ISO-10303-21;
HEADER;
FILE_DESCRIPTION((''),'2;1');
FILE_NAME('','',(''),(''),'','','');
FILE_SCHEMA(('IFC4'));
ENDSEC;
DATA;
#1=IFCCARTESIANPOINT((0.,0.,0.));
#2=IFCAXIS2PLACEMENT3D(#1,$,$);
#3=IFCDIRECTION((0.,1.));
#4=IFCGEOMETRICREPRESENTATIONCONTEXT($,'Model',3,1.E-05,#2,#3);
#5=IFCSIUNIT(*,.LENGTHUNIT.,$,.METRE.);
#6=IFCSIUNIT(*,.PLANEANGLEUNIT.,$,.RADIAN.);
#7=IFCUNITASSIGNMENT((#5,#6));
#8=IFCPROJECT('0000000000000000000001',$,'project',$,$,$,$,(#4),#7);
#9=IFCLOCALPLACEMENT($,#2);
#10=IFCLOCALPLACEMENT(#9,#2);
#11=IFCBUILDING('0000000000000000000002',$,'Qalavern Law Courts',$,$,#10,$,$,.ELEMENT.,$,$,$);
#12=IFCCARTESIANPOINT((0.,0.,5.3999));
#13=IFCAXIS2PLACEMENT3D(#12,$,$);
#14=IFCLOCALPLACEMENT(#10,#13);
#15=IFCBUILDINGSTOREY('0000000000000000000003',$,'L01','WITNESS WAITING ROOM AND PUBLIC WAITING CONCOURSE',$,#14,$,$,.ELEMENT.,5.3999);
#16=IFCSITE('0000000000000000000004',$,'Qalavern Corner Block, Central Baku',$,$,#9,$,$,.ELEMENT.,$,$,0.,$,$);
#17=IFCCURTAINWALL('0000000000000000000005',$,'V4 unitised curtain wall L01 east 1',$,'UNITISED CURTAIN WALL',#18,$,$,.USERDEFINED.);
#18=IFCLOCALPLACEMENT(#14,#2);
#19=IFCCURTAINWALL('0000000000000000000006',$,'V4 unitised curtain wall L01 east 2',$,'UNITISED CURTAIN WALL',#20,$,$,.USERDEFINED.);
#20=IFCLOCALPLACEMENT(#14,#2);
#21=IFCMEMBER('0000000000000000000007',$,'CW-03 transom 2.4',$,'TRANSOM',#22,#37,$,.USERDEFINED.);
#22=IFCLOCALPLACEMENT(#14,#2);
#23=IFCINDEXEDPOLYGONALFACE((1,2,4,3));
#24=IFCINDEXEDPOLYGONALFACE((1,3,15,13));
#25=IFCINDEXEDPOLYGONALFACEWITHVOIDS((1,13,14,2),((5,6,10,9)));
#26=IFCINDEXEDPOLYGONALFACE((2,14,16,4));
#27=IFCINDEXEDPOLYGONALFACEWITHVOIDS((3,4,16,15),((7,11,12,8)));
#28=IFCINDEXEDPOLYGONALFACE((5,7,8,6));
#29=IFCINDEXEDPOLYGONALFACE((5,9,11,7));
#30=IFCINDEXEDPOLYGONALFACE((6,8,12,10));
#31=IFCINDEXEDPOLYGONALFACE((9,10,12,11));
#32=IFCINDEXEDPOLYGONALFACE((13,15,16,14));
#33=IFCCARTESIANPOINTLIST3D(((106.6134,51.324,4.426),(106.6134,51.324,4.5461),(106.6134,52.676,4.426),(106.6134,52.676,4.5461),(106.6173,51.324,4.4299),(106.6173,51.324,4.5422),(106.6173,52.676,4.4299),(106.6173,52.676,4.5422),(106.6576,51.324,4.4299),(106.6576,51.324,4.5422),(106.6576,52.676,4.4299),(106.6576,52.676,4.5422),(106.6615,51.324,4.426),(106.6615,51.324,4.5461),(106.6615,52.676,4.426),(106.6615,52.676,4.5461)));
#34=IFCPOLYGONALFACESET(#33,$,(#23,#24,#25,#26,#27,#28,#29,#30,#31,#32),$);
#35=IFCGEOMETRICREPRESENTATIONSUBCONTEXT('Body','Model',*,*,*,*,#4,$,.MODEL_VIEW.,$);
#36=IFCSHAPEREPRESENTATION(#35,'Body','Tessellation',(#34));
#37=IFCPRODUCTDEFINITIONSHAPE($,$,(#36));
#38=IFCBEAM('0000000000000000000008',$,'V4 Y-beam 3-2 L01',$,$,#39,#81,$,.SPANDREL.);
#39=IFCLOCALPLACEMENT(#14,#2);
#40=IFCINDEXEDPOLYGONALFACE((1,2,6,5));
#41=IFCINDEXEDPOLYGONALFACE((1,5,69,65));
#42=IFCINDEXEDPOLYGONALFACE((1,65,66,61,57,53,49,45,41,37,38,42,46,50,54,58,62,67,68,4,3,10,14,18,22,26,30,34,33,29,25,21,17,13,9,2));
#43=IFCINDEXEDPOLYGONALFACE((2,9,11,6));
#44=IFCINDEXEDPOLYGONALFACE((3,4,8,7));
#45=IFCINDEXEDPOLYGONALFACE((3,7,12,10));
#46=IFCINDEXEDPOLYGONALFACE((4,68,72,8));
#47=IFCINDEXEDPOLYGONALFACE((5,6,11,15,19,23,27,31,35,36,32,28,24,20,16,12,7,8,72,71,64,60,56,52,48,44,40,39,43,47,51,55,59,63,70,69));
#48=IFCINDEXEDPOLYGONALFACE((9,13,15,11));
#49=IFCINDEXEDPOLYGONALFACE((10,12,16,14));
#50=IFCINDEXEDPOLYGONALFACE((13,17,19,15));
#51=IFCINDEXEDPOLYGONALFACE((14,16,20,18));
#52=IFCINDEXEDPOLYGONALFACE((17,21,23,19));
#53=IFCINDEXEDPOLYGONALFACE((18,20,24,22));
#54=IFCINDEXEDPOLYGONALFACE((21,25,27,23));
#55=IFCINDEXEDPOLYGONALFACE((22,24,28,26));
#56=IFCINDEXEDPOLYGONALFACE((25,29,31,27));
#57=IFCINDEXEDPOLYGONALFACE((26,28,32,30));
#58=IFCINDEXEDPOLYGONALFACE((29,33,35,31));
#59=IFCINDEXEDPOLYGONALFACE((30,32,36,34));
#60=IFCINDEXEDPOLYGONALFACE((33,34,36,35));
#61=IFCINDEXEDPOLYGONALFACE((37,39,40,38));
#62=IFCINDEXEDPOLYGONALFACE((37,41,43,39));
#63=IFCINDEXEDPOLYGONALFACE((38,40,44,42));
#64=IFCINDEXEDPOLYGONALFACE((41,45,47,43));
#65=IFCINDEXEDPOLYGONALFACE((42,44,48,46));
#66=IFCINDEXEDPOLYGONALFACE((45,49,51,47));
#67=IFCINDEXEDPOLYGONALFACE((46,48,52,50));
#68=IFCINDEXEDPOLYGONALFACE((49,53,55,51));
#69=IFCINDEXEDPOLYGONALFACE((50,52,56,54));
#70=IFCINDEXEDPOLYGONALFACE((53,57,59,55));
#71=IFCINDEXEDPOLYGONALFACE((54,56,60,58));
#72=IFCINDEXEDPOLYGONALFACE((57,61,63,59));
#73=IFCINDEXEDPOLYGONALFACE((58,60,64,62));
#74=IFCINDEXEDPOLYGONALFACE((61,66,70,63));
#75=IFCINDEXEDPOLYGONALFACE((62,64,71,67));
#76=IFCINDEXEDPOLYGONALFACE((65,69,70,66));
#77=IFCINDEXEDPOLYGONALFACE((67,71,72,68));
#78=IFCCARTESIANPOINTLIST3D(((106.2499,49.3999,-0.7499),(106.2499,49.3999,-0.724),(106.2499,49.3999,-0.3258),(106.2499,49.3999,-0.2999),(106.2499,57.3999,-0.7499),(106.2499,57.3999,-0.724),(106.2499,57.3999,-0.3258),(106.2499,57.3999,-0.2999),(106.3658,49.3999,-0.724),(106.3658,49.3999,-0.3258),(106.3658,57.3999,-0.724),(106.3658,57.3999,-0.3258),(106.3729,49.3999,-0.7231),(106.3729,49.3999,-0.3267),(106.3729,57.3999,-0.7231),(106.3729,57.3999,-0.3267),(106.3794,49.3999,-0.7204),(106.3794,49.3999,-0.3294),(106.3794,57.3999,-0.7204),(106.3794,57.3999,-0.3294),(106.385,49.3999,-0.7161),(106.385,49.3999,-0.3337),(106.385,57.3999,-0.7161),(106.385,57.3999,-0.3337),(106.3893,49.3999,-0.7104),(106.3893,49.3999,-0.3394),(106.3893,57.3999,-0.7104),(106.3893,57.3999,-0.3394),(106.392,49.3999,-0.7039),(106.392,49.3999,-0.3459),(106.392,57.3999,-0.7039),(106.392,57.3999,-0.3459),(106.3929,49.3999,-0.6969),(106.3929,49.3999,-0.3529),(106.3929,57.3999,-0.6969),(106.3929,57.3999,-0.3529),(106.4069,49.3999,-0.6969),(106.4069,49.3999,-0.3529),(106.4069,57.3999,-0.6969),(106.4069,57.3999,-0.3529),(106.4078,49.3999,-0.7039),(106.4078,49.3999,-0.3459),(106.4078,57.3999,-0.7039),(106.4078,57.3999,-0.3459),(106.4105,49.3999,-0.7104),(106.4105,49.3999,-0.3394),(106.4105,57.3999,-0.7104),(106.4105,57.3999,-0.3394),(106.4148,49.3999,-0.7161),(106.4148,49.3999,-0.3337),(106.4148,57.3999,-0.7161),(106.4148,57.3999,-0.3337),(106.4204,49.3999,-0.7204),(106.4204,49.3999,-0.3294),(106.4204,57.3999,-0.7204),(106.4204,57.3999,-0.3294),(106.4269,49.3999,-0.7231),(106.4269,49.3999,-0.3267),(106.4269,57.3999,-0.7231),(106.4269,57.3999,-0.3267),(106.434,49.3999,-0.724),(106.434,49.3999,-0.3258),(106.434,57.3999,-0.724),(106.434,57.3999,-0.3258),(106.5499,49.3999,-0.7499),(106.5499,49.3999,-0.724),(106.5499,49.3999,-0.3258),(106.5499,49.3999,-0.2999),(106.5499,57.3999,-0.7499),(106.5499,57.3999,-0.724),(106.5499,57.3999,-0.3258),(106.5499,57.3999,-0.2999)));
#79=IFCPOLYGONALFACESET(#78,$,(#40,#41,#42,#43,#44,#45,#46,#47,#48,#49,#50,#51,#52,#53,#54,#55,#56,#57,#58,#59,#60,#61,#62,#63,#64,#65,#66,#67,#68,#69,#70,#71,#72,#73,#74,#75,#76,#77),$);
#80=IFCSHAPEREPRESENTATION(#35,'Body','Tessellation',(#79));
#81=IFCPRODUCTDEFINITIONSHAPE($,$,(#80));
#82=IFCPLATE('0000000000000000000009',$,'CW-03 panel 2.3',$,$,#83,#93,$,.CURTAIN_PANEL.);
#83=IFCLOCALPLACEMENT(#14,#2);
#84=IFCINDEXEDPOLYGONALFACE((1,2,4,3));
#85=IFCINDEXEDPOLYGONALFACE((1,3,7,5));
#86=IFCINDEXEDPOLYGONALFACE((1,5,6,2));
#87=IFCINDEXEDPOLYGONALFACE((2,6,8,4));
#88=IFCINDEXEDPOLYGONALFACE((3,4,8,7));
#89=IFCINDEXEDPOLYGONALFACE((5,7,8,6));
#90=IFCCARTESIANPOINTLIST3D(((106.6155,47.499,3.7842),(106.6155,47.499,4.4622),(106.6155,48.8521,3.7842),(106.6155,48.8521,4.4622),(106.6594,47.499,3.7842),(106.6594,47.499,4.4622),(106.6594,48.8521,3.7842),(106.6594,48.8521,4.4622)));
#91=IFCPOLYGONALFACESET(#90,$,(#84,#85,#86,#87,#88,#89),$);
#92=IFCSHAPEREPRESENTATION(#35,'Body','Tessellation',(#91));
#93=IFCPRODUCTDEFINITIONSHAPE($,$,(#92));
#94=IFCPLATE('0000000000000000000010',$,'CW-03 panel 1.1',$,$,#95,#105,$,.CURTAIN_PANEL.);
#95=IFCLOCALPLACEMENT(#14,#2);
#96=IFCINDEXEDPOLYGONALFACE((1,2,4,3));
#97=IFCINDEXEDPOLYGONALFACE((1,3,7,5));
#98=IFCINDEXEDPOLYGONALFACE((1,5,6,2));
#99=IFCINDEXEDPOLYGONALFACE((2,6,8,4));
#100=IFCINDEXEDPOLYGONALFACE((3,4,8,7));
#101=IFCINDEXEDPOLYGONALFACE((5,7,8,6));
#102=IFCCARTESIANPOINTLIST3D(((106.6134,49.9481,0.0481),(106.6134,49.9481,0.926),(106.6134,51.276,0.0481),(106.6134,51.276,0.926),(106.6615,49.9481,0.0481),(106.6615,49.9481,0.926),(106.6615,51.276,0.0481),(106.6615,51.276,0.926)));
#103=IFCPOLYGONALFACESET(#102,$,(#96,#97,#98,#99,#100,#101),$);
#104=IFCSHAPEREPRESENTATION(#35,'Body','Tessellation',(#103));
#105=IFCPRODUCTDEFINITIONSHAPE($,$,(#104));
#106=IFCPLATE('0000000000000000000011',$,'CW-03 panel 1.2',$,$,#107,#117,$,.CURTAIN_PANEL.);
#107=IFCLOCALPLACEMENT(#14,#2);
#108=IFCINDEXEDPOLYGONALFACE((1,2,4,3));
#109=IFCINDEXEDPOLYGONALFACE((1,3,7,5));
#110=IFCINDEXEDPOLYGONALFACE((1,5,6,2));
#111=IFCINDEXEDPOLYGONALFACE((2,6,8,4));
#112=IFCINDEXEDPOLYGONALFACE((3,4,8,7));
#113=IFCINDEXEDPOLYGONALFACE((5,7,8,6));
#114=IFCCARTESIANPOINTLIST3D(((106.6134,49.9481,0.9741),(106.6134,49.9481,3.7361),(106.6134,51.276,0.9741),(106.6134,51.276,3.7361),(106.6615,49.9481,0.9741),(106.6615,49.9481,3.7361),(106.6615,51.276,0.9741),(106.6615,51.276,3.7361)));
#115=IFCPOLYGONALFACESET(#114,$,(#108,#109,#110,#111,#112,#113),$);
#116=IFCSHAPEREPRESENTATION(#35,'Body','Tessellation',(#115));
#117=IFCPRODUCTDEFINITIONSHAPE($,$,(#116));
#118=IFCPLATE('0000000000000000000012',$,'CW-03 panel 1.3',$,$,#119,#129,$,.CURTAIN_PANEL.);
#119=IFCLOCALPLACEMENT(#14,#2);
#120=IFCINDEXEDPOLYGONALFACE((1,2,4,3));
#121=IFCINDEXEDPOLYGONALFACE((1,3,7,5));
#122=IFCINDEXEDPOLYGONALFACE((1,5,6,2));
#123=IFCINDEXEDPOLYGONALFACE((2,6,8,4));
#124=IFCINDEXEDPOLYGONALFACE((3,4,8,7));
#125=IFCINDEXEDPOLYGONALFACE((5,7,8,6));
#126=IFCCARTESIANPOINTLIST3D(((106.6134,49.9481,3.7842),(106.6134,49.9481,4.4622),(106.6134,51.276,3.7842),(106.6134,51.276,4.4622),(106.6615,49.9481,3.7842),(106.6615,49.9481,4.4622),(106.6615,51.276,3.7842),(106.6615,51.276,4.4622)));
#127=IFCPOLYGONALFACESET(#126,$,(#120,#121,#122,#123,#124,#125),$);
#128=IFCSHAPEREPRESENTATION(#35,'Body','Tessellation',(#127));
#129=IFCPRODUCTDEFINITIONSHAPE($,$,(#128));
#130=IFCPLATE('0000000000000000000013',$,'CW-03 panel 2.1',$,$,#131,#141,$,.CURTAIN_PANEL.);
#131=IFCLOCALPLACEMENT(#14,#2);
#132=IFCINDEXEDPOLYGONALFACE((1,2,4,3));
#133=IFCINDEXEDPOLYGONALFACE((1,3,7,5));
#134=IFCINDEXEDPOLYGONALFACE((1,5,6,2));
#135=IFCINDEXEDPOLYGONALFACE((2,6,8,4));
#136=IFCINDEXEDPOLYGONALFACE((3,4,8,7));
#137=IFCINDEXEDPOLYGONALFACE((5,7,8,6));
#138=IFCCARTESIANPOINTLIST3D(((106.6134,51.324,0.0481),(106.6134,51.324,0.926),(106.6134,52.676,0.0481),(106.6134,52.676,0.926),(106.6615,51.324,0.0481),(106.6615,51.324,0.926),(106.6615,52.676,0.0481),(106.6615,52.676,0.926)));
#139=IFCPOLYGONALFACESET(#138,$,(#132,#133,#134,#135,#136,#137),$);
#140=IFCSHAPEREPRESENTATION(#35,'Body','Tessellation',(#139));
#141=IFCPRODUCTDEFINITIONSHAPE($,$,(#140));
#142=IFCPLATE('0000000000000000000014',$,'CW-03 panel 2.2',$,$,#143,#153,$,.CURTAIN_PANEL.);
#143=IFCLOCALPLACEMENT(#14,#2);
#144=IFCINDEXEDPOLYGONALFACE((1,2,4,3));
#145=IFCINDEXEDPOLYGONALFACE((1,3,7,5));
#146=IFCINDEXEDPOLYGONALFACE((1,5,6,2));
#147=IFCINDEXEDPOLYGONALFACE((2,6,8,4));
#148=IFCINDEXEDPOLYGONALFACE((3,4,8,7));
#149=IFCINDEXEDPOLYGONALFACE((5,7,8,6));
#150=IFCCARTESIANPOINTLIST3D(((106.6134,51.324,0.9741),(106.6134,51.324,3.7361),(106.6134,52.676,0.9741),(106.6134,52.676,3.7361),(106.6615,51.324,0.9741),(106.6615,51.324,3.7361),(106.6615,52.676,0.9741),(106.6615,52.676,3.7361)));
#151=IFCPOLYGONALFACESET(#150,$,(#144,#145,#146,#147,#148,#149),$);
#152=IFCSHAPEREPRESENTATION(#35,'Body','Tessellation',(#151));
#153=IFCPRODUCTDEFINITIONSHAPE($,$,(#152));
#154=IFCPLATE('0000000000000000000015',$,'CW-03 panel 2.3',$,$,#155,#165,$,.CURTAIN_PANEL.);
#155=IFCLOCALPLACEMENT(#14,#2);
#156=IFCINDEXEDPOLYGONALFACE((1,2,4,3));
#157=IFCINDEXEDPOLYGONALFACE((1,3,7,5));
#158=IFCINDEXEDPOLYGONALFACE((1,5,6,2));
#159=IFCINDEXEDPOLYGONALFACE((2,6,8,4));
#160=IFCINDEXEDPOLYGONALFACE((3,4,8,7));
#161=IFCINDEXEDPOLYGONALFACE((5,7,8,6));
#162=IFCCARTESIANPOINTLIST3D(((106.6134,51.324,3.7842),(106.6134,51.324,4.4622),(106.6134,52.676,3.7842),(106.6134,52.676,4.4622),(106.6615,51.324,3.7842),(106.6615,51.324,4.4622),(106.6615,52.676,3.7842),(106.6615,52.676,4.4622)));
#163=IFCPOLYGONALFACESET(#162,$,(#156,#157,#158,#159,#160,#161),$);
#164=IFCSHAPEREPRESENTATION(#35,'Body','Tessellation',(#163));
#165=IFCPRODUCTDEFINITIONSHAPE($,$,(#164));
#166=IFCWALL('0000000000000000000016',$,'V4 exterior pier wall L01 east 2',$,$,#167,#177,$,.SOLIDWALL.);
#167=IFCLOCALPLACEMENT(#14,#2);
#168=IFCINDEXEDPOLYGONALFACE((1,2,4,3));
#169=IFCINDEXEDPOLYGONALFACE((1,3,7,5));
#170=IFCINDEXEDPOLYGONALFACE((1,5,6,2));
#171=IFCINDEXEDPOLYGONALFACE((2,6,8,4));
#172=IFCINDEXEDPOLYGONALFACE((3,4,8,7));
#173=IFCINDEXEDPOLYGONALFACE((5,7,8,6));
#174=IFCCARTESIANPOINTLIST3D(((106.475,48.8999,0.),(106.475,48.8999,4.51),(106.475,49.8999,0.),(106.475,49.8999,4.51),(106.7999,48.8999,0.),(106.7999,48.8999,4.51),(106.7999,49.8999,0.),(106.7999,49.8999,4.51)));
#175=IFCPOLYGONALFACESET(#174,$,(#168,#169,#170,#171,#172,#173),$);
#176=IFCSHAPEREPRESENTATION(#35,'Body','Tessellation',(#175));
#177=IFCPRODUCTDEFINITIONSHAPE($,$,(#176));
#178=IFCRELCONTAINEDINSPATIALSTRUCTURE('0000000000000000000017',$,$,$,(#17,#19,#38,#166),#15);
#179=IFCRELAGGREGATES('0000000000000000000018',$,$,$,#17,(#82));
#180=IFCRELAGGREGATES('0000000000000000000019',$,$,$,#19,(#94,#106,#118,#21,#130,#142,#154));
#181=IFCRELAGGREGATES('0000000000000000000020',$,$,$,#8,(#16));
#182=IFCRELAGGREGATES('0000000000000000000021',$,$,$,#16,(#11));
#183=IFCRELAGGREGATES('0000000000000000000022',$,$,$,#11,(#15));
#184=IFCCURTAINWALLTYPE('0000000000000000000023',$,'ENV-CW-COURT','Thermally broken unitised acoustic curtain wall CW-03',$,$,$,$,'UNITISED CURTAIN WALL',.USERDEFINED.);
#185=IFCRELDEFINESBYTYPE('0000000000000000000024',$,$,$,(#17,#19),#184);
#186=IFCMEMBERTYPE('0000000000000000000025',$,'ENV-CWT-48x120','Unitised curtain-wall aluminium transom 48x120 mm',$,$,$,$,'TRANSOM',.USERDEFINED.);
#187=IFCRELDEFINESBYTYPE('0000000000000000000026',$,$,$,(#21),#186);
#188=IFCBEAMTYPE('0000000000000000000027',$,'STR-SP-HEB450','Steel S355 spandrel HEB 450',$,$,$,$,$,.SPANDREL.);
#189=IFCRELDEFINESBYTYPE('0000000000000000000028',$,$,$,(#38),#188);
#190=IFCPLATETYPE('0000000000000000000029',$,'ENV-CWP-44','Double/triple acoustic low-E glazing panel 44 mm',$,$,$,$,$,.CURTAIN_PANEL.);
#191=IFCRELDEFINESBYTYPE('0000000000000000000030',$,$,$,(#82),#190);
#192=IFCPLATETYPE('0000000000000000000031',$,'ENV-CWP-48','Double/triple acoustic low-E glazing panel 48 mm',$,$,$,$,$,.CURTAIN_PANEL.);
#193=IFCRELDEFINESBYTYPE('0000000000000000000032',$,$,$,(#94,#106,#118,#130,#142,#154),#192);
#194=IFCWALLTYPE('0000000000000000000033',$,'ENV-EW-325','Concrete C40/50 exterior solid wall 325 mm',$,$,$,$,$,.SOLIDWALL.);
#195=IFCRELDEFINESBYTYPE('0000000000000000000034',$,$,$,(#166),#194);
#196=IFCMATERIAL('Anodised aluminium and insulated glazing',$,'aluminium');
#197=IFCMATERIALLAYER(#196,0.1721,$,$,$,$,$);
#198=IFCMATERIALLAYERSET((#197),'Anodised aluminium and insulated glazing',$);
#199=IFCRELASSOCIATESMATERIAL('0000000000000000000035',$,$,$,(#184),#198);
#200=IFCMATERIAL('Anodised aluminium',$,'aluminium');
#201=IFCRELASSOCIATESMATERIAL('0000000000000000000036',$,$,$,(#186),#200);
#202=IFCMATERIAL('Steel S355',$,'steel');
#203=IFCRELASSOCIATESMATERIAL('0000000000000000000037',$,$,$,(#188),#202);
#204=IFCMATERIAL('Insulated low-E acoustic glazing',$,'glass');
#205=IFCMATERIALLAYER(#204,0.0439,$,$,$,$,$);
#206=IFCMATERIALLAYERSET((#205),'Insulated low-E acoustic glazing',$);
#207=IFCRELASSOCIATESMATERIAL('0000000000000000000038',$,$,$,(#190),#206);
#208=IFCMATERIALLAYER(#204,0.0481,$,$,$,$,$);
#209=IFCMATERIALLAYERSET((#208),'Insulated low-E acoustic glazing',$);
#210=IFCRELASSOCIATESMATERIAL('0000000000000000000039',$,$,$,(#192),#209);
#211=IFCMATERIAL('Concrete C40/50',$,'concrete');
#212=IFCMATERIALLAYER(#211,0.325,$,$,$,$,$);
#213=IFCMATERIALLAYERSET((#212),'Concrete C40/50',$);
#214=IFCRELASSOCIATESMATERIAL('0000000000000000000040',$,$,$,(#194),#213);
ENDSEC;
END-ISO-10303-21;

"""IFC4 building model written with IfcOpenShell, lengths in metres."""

from ifc_helpers import new_model, si_unit, direction, frame, frame_2d, origin, origin_2d, place, context, subcontext, project, spatial, rectangle, hollow_rectangle, i_section, extrude, material, layer, layer_set, material_profile, profile_set, type_object, element, aggregate, save


model = new_model("IFC4")

# Units and contexts
model_context = context("Model", 3, precision=1e-05, world=origin(), true_north=direction((0.0, 1.0)))
body_context = subcontext(model_context, "Body", "Model", "MODEL_VIEW")
ifc_project = project(units=[si_unit("LENGTHUNIT", "METRE"), si_unit("PLANEANGLEUNIT", "RADIAN")], contexts=[model_context])

# Site, building, storey
site_placement = place(None, origin())
site = spatial("IfcSite", under=ifc_project, at=site_placement, Name="Qalavern Corner Block, Central Baku", CompositionType="ELEMENT", RefElevation=0.0)
building_placement = place(site_placement, origin())
building = spatial("IfcBuilding", under=site, at=building_placement, Name="Qalavern Law Courts", CompositionType="ELEMENT")
storey_placement = place(building_placement, frame((0.0, 0.0, 5.3999)))
storey = spatial("IfcBuildingStorey", under=building, at=storey_placement, Name="L01", Description="WITNESS WAITING ROOM AND PUBLIC WAITING CONCOURSE", CompositionType="ELEMENT", Elevation=5.3999)

# Curtain wall
ifc_material_1 = material(Name="Anodised aluminium and insulated glazing", Category="aluminium")
ifc_layer_1 = layer(ifc_material_1, 0.1721)
ifc_layer_set_1 = layer_set([ifc_layer_1], Name="Anodised aluminium and insulated glazing")
curtain_wall_type = type_object("IfcCurtainWallType", Name="ENV-CW-COURT", Description="Thermally broken unitised acoustic curtain wall CW-03", ElementType="UNITISED CURTAIN WALL", PredefinedType="USERDEFINED", material=ifc_layer_set_1)
curtain_wall_1_placement = place(storey_placement, origin())
curtain_wall_1 = element("IfcCurtainWall", 1, at=curtain_wall_1_placement, inside=storey, type_object=curtain_wall_type, Name="V4 unitised curtain wall L01 east 1", ObjectType="UNITISED CURTAIN WALL", PredefinedType="USERDEFINED")
ifc_material_2 = material(Name="Anodised aluminium", Category="aluminium")

# Curtain wall, member
curtain_wall_2_placement = place(storey_placement, origin())
curtain_wall_2 = element("IfcCurtainWall", 2, at=curtain_wall_2_placement, inside=storey, type_object=curtain_wall_type, Name="V4 unitised curtain wall L01 east 2", ObjectType="UNITISED CURTAIN WALL", PredefinedType="USERDEFINED")
ifc_material_profile_1 = material_profile(ifc_material_2, hollow_rectangle(XDim=0.0481, YDim=0.1201, WallThickness=0.0039, at=origin_2d()), Name="ALU TRANSOM 48x120")
ifc_profile_set_1 = profile_set([ifc_material_profile_1], Name="Anodised aluminium")
member_type_1 = type_object("IfcMemberType", Name="ENV-CWT-48x120", Description="Unitised curtain-wall aluminium transom 48x120 mm", ElementType="TRANSOM", PredefinedType="USERDEFINED", material=ifc_profile_set_1)
member_1_placement = place(storey_placement, frame((106.6375, 51.324, 4.4861), z_axis=(0.0, 1.0, 0.0), x_axis=(-1.0, 0.0, 0.0)))
member_1 = element("IfcMember", 3, at=member_1_placement, type_object=member_type_1, Name="CW-03 transom 2.4", ObjectType="TRANSOM", PredefinedType="USERDEFINED", context=body_context, shape_type="SweptSolid", body=[
    extrude(hollow_rectangle(XDim=0.0481, YDim=0.1201, WallThickness=0.0039, at=origin_2d()), origin(), (0.0, 0.0, 1.0), 1.3521),
])

# Beam
ifc_material_3 = material(Name="Steel S355", Category="steel")
ifc_material_profile_2 = material_profile(ifc_material_3, i_section(OverallWidth=0.3, OverallDepth=0.45, WebThickness=0.0139, FlangeThickness=0.0259, FilletRadius=0.0271, at=origin_2d()), Name="HEB 450")
ifc_profile_set_2 = profile_set([ifc_material_profile_2], Name="Steel S355")
beam_type = type_object("IfcBeamType", Name="STR-SP-HEB450", Description="Steel S355 spandrel HEB 450", PredefinedType="SPANDREL", material=ifc_profile_set_2)
beam_placement = place(storey_placement, frame((106.3999, 49.3999, -0.5249), z_axis=(0.0, 1.0, 0.0), x_axis=(-1.0, 0.0, 0.0)))
element("IfcBeam", 4, at=beam_placement, inside=storey, type_object=beam_type, Name="V4 Y-beam 3-2 L01", PredefinedType="SPANDREL", context=body_context, shape_type="SweptSolid", body=[
    extrude(i_section(OverallWidth=0.3, OverallDepth=0.45, WebThickness=0.0139, FlangeThickness=0.0259, FilletRadius=0.0271, at=origin_2d()), origin(), (0.0, 0.0, 1.0), 8.0),
])

# Plates
ifc_material_4 = material(Name="Insulated low-E acoustic glazing", Category="glass")
ifc_layer_2 = layer(ifc_material_4, 0.0439)
ifc_layer_set_2 = layer_set([ifc_layer_2], Name="Insulated low-E acoustic glazing")
plate_type_1 = type_object("IfcPlateType", Name="ENV-CWP-44", Description="Double/triple acoustic low-E glazing panel 44 mm", PredefinedType="CURTAIN_PANEL", material=ifc_layer_set_2)
plate_1_placement = place(storey_placement, frame((106.6375, 48.1755, 3.7842), z_axis=(0.0, 0.0, 1.0), x_axis=(0.0, 1.0, 0.0)))
plate_1 = element("IfcPlate", 5, at=plate_1_placement, type_object=plate_type_1, Name="CW-03 panel 2.3", PredefinedType="CURTAIN_PANEL", context=body_context, shape_type="SweptSolid", body=[
    extrude(rectangle(XDim=1.353, YDim=0.0439, at=origin_2d()), origin(), (0.0, 0.0, 1.0), 0.678),
])
aggregate(curtain_wall_1, [plate_1])
ifc_layer_3 = layer(ifc_material_4, 0.0481)
ifc_layer_set_3 = layer_set([ifc_layer_3], Name="Insulated low-E acoustic glazing")
plate_type_2 = type_object("IfcPlateType", Name="ENV-CWP-48", Description="Double/triple acoustic low-E glazing panel 48 mm", PredefinedType="CURTAIN_PANEL", material=ifc_layer_set_3)
plate_2_placement = place(storey_placement, frame((106.6375, 50.6121, 0.0481), z_axis=(0.0, 0.0, 1.0), x_axis=(0.0, 1.0, 0.0)))
plate_2 = element("IfcPlate", 6, at=plate_2_placement, type_object=plate_type_2, Name="CW-03 panel 1.1", PredefinedType="CURTAIN_PANEL", context=body_context, shape_type="SweptSolid", body=[
    extrude(rectangle(XDim=1.3279, YDim=0.0481, at=origin_2d()), origin(), (0.0, 0.0, 1.0), 0.8779),
])
plate_3_placement = place(storey_placement, frame((106.6375, 50.6121, 0.9741), z_axis=(0.0, 0.0, 1.0), x_axis=(0.0, 1.0, 0.0)))
plate_3 = element("IfcPlate", 7, at=plate_3_placement, type_object=plate_type_2, Name="CW-03 panel 1.2", PredefinedType="CURTAIN_PANEL", context=body_context, shape_type="SweptSolid", body=[
    extrude(rectangle(XDim=1.3279, YDim=0.0481, at=origin_2d()), origin(), (0.0, 0.0, 1.0), 2.762),
])
plate_4_placement = place(storey_placement, frame((106.6375, 50.6121, 3.7842), z_axis=(0.0, 0.0, 1.0), x_axis=(0.0, 1.0, 0.0)))
plate_4 = element("IfcPlate", 8, at=plate_4_placement, type_object=plate_type_2, Name="CW-03 panel 1.3", PredefinedType="CURTAIN_PANEL", context=body_context, shape_type="SweptSolid", body=[
    extrude(rectangle(XDim=1.3279, YDim=0.0481, at=origin_2d()), origin(), (0.0, 0.0, 1.0), 0.678),
])
plate_5_placement = place(storey_placement, frame((106.6375, 52.0, 0.0481), z_axis=(0.0, 0.0, 1.0), x_axis=(0.0, 1.0, 0.0)))
plate_5 = element("IfcPlate", 9, at=plate_5_placement, type_object=plate_type_2, Name="CW-03 panel 2.1", PredefinedType="CURTAIN_PANEL", context=body_context, shape_type="SweptSolid", body=[
    extrude(rectangle(XDim=1.3521, YDim=0.0481, at=origin_2d()), origin(), (0.0, 0.0, 1.0), 0.8779),
])
plate_6_placement = place(storey_placement, frame((106.6375, 52.0, 0.9741), z_axis=(0.0, 0.0, 1.0), x_axis=(0.0, 1.0, 0.0)))
plate_6 = element("IfcPlate", 10, at=plate_6_placement, type_object=plate_type_2, Name="CW-03 panel 2.2", PredefinedType="CURTAIN_PANEL", context=body_context, shape_type="SweptSolid", body=[
    extrude(rectangle(XDim=1.3521, YDim=0.0481, at=origin_2d()), origin(), (0.0, 0.0, 1.0), 2.762),
])
plate_7_placement = place(storey_placement, frame((106.6375, 52.0, 3.7842), z_axis=(0.0, 0.0, 1.0), x_axis=(0.0, 1.0, 0.0)))
plate_7 = element("IfcPlate", 11, at=plate_7_placement, type_object=plate_type_2, Name="CW-03 panel 2.3", PredefinedType="CURTAIN_PANEL", context=body_context, shape_type="SweptSolid", body=[
    extrude(rectangle(XDim=1.3521, YDim=0.0481, at=origin_2d()), origin(), (0.0, 0.0, 1.0), 0.678),
])
aggregate(curtain_wall_2, [plate_2, plate_3, plate_4, member_1, plate_5, plate_6, plate_7])

# Wall
ifc_material_5 = material(Name="Concrete C40/50", Category="concrete")
ifc_layer_4 = layer(ifc_material_5, 0.325)
ifc_layer_set_4 = layer_set([ifc_layer_4], Name="Concrete C40/50")
wall_type = type_object("IfcWallType", Name="ENV-EW-325", Description="Concrete C40/50 exterior solid wall 325 mm", PredefinedType="SOLIDWALL", material=ifc_layer_set_4)
wall_placement = place(storey_placement, frame((106.6375, 48.8999, 0.0), z_axis=(0.0, 0.0, 1.0), x_axis=(0.0, 1.0, 0.0)))
element("IfcWall", 12, at=wall_placement, inside=storey, type_object=wall_type, Name="V4 exterior pier wall L01 east 2", PredefinedType="SOLIDWALL", context=body_context, shape_type="SweptSolid", body=[
    extrude(rectangle(XDim=1.0, YDim=0.325, at=frame_2d((0.5, 0.0))), origin(), (0.0, 0.0, 1.0), 4.51),
])

save(model, "model.ifc")
